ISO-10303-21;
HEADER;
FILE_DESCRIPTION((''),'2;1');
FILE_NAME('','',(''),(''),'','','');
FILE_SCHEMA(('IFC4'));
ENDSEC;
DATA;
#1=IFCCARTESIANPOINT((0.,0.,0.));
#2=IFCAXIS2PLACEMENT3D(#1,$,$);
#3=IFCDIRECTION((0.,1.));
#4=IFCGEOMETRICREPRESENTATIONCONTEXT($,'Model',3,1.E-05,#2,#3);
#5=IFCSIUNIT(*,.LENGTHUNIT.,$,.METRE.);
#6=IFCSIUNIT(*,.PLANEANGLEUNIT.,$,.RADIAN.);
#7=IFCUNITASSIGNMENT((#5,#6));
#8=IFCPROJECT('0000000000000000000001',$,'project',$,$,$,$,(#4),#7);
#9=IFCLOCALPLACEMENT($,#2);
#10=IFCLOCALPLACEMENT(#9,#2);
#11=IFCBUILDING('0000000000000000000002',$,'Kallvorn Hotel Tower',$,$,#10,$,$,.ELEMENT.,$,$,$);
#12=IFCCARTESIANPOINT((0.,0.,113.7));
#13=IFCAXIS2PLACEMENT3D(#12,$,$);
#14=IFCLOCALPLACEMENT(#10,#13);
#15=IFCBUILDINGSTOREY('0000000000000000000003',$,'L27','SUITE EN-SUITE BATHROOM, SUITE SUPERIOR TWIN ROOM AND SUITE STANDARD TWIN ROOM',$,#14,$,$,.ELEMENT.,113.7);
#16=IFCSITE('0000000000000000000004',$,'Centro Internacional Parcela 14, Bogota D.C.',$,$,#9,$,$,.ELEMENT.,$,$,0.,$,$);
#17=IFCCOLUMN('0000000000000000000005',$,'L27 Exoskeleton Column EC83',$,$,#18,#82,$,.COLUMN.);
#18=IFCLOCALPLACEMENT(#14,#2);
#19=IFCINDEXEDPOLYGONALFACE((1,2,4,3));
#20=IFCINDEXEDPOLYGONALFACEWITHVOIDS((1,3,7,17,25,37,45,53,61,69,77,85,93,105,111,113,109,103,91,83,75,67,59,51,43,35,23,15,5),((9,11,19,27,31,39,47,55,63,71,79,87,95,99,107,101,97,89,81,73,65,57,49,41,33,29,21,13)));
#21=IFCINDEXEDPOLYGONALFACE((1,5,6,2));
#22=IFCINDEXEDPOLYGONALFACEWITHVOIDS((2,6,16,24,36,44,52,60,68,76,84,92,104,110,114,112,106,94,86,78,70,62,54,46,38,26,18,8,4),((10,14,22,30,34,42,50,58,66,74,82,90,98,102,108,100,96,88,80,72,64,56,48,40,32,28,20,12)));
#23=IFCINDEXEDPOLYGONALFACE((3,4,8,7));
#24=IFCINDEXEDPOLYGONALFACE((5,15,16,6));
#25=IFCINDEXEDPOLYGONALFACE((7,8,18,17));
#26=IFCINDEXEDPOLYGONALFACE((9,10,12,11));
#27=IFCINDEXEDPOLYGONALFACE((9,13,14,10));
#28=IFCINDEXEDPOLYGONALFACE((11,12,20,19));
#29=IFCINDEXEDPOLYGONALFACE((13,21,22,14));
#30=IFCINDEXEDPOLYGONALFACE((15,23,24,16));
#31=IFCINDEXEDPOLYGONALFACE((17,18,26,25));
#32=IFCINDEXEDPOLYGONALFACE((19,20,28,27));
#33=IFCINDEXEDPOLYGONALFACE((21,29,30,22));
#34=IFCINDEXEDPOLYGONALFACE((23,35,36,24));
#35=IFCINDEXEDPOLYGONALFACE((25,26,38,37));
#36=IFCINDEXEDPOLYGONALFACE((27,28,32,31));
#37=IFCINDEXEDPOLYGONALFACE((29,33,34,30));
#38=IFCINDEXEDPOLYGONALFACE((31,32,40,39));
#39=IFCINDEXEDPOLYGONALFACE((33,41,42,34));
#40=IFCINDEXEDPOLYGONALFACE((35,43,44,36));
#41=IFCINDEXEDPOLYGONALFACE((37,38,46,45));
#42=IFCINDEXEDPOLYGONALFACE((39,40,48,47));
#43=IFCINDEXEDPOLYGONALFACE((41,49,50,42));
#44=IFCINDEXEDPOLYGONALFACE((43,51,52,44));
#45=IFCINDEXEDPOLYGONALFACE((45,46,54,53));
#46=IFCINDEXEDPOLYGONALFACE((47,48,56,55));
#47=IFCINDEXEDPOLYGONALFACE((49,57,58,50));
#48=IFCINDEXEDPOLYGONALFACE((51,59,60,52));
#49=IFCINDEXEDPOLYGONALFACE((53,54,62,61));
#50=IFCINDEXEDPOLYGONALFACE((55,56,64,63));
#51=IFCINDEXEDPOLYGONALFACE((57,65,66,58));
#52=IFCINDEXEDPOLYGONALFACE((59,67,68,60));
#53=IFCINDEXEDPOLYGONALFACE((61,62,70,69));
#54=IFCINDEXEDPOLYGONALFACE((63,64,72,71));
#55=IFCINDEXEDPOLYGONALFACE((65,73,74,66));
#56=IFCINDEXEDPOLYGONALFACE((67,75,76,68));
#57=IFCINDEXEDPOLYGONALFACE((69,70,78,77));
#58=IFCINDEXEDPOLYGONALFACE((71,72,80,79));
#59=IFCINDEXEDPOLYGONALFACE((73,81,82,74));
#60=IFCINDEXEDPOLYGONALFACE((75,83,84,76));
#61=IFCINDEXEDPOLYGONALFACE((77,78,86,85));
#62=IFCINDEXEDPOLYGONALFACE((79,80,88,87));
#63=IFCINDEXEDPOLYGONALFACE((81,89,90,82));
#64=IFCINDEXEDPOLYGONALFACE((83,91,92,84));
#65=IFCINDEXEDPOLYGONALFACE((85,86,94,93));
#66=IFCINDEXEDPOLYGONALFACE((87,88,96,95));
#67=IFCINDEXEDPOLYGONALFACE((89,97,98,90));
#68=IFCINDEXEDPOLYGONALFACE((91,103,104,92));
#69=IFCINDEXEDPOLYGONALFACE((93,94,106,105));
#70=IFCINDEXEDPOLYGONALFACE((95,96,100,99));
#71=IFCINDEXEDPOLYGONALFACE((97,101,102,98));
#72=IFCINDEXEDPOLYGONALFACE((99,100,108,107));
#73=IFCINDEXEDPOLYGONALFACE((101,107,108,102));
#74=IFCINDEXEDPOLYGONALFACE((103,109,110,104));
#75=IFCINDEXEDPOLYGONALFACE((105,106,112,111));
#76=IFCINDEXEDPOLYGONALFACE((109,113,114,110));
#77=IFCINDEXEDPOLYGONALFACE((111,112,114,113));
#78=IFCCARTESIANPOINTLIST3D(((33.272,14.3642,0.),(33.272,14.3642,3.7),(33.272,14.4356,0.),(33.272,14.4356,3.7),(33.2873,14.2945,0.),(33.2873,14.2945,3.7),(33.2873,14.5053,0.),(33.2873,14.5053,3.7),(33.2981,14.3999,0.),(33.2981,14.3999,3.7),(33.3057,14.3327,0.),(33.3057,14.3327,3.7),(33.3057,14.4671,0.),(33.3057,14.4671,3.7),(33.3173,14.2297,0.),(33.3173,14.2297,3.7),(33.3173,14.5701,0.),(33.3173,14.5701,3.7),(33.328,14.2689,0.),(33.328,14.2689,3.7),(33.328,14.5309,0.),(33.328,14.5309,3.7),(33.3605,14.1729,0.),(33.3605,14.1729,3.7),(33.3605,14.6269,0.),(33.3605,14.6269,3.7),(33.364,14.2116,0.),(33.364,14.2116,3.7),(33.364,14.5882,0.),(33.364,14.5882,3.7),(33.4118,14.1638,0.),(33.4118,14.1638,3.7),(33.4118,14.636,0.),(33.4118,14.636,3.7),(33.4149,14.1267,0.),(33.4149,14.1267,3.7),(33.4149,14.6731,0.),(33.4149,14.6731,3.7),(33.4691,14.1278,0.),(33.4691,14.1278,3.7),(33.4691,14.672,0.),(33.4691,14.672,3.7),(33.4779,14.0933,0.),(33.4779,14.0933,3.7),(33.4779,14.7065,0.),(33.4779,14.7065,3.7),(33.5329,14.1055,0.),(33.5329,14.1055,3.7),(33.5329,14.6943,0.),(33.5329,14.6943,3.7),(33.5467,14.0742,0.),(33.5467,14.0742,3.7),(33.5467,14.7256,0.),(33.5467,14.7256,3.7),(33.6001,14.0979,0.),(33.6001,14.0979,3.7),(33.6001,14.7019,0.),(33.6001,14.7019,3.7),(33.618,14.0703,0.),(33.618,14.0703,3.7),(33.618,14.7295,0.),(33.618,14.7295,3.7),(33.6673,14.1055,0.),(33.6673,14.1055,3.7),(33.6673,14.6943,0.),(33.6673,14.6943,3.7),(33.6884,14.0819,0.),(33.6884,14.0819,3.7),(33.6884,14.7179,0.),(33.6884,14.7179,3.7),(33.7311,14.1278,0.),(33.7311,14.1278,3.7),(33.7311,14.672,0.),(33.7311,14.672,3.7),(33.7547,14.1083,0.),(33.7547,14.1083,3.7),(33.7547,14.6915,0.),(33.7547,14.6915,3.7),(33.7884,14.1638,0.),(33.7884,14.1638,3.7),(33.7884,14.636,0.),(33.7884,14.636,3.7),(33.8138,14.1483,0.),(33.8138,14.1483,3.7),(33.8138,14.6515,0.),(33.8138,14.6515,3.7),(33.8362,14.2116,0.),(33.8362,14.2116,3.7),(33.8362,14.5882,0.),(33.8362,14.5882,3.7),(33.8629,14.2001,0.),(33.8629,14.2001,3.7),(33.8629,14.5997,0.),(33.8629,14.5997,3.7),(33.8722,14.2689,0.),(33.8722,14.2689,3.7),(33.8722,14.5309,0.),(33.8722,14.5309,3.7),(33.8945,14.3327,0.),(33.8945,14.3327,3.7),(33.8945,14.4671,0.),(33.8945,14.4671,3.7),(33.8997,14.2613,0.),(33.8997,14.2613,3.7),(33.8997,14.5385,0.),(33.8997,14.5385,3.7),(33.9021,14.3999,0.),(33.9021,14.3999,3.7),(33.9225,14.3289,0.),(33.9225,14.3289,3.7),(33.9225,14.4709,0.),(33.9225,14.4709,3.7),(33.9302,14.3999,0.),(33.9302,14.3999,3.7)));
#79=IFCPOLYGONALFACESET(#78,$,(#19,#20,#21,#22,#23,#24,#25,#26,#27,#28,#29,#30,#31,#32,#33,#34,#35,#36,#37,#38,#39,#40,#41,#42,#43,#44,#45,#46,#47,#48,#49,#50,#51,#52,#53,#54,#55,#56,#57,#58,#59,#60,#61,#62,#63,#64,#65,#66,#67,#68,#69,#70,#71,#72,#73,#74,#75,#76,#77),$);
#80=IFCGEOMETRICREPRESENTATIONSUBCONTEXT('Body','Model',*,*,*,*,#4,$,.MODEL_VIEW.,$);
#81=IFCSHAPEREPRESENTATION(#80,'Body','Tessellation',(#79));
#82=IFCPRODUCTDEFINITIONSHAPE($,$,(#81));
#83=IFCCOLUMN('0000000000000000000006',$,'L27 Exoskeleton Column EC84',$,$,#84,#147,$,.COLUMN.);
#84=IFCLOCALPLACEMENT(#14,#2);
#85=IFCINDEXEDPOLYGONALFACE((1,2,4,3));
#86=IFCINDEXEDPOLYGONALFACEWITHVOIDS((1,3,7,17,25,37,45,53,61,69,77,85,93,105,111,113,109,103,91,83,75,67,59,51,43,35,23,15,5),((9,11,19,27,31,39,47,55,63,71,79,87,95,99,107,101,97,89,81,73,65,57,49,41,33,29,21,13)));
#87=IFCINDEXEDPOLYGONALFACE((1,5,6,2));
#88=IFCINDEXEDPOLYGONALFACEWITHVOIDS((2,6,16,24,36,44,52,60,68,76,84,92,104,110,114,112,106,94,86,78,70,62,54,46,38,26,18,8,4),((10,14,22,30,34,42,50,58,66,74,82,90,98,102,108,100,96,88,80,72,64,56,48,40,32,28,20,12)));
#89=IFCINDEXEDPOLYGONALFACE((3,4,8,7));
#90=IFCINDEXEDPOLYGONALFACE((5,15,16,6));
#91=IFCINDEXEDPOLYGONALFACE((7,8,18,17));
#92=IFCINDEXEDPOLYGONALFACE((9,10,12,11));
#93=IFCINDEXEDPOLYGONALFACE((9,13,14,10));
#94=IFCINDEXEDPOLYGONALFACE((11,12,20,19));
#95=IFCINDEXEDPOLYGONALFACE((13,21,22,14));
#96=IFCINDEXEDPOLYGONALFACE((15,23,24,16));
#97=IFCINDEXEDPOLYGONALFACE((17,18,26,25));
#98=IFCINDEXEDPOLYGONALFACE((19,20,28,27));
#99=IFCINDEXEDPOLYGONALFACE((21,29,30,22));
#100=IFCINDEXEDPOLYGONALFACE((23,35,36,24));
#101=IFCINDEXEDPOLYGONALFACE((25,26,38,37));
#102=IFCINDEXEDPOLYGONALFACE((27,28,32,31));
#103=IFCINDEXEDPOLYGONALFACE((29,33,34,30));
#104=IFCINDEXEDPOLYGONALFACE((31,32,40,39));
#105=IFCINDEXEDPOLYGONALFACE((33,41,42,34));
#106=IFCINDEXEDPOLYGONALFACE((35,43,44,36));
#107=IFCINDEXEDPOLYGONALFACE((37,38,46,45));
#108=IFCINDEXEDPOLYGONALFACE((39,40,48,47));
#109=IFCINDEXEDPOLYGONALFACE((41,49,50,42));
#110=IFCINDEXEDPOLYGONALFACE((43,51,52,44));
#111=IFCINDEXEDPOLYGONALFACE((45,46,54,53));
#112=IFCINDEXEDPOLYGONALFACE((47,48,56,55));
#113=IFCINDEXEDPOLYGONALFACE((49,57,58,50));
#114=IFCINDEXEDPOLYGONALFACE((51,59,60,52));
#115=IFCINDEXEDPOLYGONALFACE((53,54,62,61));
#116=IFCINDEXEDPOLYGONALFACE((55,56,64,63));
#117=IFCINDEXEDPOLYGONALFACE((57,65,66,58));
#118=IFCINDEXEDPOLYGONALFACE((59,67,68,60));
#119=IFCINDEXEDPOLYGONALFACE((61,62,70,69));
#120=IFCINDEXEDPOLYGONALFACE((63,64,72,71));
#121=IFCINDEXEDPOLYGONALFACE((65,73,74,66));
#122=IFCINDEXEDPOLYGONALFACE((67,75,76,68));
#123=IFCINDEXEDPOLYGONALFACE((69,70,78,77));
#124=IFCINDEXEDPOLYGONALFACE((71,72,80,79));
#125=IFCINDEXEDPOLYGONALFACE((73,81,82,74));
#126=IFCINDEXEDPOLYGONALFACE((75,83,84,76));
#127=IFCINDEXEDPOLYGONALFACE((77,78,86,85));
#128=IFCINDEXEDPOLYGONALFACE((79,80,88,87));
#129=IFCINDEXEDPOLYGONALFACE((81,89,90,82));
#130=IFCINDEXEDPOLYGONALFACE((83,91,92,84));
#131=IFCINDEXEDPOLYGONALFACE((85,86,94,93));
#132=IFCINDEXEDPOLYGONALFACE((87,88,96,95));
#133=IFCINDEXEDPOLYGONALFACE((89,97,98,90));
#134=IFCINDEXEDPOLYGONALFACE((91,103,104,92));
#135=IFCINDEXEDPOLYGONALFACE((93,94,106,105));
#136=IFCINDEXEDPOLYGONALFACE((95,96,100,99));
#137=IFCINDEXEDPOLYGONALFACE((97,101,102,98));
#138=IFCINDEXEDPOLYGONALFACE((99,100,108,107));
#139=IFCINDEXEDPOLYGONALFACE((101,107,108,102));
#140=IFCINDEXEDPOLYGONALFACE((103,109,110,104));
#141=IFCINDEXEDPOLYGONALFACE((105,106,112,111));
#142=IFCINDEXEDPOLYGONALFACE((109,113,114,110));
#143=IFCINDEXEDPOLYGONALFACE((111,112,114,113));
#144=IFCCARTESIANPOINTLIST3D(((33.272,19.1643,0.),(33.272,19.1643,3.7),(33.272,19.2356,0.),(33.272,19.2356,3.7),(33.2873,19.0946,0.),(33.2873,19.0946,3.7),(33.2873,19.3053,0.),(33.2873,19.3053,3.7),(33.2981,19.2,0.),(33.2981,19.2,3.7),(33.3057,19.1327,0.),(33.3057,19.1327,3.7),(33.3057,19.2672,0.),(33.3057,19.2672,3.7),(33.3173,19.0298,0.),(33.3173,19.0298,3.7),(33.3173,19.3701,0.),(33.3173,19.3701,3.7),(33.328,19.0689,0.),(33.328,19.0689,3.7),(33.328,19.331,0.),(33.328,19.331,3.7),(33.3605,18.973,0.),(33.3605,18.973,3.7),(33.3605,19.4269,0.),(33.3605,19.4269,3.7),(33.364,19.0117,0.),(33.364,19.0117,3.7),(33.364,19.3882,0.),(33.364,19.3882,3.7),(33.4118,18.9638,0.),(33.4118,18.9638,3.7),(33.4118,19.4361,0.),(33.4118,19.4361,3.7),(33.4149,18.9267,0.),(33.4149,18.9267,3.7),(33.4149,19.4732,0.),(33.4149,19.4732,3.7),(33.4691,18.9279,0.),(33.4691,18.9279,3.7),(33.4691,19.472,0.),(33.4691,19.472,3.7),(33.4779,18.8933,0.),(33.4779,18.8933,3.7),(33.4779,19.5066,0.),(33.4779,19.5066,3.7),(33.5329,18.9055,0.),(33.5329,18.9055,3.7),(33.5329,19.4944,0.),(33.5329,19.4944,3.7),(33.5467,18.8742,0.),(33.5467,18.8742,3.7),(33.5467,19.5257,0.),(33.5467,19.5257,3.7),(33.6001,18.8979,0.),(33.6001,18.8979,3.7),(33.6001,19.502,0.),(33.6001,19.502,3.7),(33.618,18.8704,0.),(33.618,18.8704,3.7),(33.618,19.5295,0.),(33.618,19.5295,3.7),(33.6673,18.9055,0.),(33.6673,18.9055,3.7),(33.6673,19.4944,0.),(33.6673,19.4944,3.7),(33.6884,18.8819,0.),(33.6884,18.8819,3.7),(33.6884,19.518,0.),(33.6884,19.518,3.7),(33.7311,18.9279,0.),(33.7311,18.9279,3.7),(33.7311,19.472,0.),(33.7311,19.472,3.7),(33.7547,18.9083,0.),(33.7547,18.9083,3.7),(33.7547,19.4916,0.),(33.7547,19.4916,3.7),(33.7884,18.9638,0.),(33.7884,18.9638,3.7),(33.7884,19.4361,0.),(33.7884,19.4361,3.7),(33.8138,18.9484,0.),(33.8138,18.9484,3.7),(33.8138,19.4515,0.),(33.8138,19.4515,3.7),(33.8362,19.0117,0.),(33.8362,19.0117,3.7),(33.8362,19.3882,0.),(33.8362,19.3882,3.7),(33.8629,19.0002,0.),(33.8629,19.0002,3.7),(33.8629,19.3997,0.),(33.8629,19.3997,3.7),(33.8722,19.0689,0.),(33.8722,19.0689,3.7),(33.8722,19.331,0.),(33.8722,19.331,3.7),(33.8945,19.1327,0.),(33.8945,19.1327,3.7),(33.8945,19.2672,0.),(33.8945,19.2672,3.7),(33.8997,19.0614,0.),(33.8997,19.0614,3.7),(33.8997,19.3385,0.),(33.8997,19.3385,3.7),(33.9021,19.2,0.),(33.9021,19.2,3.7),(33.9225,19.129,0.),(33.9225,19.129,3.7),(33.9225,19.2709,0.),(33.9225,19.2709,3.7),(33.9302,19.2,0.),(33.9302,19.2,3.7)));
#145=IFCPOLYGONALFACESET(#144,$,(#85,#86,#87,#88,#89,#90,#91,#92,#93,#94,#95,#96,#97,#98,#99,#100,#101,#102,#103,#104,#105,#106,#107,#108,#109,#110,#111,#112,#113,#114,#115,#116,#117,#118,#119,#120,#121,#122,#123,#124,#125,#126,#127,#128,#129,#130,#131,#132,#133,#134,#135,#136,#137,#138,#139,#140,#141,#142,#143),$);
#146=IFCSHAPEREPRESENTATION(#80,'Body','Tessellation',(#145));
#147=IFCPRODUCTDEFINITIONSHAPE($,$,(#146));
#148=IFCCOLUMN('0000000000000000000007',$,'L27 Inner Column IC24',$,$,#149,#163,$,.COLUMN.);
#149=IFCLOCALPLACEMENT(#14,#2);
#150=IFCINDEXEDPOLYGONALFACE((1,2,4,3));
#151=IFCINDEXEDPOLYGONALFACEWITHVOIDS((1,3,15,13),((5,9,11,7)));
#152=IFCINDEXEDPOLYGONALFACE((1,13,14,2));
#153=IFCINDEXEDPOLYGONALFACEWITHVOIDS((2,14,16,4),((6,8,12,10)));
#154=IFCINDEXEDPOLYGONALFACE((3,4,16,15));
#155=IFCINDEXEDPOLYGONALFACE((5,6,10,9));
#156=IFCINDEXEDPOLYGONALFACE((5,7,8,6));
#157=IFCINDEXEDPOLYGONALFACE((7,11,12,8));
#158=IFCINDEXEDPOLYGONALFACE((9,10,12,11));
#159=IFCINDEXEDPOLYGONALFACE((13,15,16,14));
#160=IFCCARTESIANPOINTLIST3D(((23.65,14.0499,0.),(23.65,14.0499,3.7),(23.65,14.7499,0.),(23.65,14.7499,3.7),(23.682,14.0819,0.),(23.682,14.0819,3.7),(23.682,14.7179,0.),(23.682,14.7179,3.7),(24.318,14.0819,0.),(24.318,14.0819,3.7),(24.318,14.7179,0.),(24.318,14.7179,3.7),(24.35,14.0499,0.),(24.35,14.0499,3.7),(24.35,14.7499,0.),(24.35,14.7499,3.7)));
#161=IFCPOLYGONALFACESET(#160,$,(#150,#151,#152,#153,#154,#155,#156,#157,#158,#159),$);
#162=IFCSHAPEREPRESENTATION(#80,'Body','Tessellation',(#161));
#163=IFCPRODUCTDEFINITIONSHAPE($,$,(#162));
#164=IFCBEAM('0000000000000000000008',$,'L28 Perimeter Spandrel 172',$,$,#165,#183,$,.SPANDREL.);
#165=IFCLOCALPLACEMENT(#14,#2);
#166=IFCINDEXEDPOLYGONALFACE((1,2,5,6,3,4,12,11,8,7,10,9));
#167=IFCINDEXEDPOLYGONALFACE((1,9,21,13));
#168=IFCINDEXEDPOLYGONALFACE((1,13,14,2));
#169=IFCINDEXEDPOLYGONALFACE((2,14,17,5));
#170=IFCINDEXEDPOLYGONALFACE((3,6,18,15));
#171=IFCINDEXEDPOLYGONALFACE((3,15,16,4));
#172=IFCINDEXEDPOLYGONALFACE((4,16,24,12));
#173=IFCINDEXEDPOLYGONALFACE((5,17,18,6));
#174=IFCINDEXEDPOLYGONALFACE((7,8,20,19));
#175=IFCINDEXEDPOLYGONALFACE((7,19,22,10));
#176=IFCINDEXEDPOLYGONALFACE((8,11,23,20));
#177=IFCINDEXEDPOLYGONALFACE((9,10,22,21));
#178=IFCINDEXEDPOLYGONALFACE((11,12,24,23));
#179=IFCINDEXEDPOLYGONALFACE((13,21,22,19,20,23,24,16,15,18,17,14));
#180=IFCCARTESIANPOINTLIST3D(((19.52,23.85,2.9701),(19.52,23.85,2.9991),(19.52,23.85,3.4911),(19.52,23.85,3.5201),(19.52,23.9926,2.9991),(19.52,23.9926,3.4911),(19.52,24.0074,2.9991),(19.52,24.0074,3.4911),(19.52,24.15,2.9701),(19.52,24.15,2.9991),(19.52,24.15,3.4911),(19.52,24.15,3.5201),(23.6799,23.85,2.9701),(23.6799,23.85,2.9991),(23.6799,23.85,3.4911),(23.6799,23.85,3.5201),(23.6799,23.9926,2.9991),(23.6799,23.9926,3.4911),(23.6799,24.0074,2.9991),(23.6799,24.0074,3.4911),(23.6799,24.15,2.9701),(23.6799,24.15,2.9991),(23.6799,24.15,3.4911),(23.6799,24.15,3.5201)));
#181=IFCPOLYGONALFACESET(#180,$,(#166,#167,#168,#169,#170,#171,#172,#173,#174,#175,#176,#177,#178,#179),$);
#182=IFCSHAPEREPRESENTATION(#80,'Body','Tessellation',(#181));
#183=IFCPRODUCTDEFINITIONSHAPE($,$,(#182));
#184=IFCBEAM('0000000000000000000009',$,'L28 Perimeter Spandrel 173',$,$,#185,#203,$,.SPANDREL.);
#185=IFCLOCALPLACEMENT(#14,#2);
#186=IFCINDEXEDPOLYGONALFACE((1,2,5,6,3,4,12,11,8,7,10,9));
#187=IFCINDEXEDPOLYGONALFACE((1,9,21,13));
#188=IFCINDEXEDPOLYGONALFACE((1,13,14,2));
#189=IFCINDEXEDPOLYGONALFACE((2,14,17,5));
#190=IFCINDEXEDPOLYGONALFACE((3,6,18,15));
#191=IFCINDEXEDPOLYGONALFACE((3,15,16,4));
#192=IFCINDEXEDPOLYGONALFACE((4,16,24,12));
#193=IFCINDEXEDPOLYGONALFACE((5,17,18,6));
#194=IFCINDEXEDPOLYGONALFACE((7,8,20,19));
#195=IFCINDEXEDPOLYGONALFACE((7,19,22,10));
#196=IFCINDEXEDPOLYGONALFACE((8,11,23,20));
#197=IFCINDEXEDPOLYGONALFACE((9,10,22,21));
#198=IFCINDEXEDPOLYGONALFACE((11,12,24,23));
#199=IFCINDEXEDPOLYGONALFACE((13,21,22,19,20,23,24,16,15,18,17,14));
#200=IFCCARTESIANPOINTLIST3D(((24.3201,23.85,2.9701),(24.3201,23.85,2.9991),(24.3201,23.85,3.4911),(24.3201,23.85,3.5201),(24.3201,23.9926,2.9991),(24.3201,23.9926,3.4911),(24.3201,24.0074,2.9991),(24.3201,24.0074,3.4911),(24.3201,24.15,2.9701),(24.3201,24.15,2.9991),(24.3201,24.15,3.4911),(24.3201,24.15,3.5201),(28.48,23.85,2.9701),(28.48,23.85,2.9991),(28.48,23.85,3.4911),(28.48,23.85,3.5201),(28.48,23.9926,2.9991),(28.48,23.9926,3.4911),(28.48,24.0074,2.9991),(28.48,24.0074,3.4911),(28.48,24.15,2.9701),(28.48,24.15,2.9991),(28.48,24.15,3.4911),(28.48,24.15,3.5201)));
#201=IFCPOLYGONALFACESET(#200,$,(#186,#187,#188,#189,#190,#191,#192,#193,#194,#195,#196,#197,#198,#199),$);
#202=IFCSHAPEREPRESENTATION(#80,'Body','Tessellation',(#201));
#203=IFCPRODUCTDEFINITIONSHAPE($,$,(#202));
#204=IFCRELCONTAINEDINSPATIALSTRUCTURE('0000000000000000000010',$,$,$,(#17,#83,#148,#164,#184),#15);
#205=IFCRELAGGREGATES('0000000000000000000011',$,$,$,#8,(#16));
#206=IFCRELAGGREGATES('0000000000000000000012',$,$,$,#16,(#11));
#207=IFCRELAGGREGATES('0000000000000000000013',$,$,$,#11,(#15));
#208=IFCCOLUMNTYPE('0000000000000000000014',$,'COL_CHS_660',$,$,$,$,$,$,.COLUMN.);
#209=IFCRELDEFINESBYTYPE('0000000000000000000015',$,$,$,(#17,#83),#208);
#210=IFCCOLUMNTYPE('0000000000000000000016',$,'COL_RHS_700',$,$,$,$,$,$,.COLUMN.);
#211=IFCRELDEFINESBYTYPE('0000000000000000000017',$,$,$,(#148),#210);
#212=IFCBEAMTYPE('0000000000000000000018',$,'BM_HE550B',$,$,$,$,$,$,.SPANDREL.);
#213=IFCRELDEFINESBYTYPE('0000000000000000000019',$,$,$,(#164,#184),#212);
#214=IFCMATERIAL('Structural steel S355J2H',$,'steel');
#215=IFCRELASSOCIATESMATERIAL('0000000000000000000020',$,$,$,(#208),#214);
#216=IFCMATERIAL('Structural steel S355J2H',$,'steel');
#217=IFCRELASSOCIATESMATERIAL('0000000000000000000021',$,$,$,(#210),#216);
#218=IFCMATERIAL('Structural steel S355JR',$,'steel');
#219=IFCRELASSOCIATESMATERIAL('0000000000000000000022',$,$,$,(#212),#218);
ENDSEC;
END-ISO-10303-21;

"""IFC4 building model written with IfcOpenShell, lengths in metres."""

from ifc_helpers import new_model, si_unit, direction, frame, origin, origin_2d, place, context, subcontext, project, spatial, hollow_rectangle, hollow_circle, i_section, extrude, material, material_profile, profile_set, type_object, element, save


model = new_model("IFC4")

# Units and contexts
model_context = context("Model", 3, precision=1e-05, world=origin(), true_north=direction((0.0, 1.0)))
body_context = subcontext(model_context, "Body", "Model", "MODEL_VIEW")
ifc_project = project(units=[si_unit("LENGTHUNIT", "METRE"), si_unit("PLANEANGLEUNIT", "RADIAN")], contexts=[model_context])

# Site, building, storey
site_placement = place(None, origin())
site = spatial("IfcSite", under=ifc_project, at=site_placement, Name="Centro Internacional Parcela 14, Bogota D.C.", CompositionType="ELEMENT", RefElevation=0.0)
building_placement = place(site_placement, origin())
building = spatial("IfcBuilding", under=site, at=building_placement, Name="Kallvorn Hotel Tower", CompositionType="ELEMENT")
storey_placement = place(building_placement, frame((0.0, 0.0, 113.7)))
storey = spatial("IfcBuildingStorey", under=building, at=storey_placement, Name="L27", Description="SUITE EN-SUITE BATHROOM, SUITE SUPERIOR TWIN ROOM AND SUITE STANDARD TWIN ROOM", CompositionType="ELEMENT", Elevation=113.7)

# Columns
ifc_material_1 = material(Name="Structural steel S355J2H", Category="steel")
ifc_material_profile_1 = material_profile(ifc_material_1, hollow_circle(Radius=0.3301, WallThickness=0.0281, at=origin_2d()), Name="CHS 660x28")
ifc_profile_set_1 = profile_set([ifc_material_profile_1], Name="Structural steel S355J2H")
column_type_1 = type_object("IfcColumnType", Name="COL_CHS_660", PredefinedType="COLUMN", material=ifc_profile_set_1)
for number, where, z_axis, x_axis, name in (
    (1, (33.6001, 14.3999, 0.0), (0.0, 0.0, 1.0), (1.0, 0.0, 0.0), "L27 Exoskeleton Column EC83"),
    (2, (33.6001, 19.2, 0.0), (0.0, 0.0, 1.0), (1.0, 0.0, 0.0), "L27 Exoskeleton Column EC84"),
):
    element("IfcColumn", number, at=place(storey_placement, frame(where, z_axis=z_axis, x_axis=x_axis)), inside=storey, type_object=column_type_1, Name=name, PredefinedType="COLUMN", context=body_context, shape_type="SweptSolid", body=[
        extrude(hollow_circle(Radius=0.3301, WallThickness=0.0281, at=origin_2d()), origin(), (0.0, 0.0, 1.0), 3.7),
    ])
ifc_material_2 = material(Name="Structural steel S355J2H", Category="steel")
ifc_material_profile_2 = material_profile(ifc_material_2, hollow_rectangle(XDim=0.7, YDim=0.7, WallThickness=0.032, at=origin_2d()), Name="RHS 700x700x32")
ifc_profile_set_2 = profile_set([ifc_material_profile_2], Name="Structural steel S355J2H")
column_type_2 = type_object("IfcColumnType", Name="COL_RHS_700", PredefinedType="COLUMN", material=ifc_profile_set_2)
column_placement = place(storey_placement, frame((24.0, 14.3999, 0.0), z_axis=(0.0, 0.0, 1.0), x_axis=(1.0, 0.0, 0.0)))
element("IfcColumn", 3, at=column_placement, inside=storey, type_object=column_type_2, Name="L27 Inner Column IC24", PredefinedType="COLUMN", context=body_context, shape_type="SweptSolid", body=[
    extrude(hollow_rectangle(XDim=0.7, YDim=0.7, WallThickness=0.032, at=origin_2d()), origin(), (0.0, 0.0, 1.0), 3.7),
])

# Beams
ifc_material_3 = material(Name="Structural steel S355JR", Category="steel")
ifc_material_profile_3 = material_profile(ifc_material_3, i_section(OverallWidth=0.3, OverallDepth=0.55, WebThickness=0.0149, FlangeThickness=0.0291, at=origin_2d()), Name="HE 550 B")
ifc_profile_set_3 = profile_set([ifc_material_profile_3], Name="Structural steel S355JR")
beam_type_1 = type_object("IfcBeamType", Name="BM_HE550B", PredefinedType="SPANDREL", material=ifc_profile_set_3)
for number, where, z_axis, x_axis, name in (
    (4, (19.52, 24.0, 3.2451), (1.0, 0.0, 0.0), (0.0, 1.0, 0.0), "L28 Perimeter Spandrel 172"),
    (5, (24.3201, 24.0, 3.2451), (1.0, 0.0, 0.0), (0.0, 1.0, 0.0), "L28 Perimeter Spandrel 173"),
):
    element("IfcBeam", number, at=place(storey_placement, frame(where, z_axis=z_axis, x_axis=x_axis)), inside=storey, type_object=beam_type_1, Name=name, PredefinedType="SPANDREL", context=body_context, shape_type="SweptSolid", body=[
        extrude(i_section(OverallWidth=0.3, OverallDepth=0.55, WebThickness=0.0149, FlangeThickness=0.0291, at=origin_2d()), origin(), (0.0, 0.0, 1.0), 4.1599),
    ])

save(model, "model.ifc")
